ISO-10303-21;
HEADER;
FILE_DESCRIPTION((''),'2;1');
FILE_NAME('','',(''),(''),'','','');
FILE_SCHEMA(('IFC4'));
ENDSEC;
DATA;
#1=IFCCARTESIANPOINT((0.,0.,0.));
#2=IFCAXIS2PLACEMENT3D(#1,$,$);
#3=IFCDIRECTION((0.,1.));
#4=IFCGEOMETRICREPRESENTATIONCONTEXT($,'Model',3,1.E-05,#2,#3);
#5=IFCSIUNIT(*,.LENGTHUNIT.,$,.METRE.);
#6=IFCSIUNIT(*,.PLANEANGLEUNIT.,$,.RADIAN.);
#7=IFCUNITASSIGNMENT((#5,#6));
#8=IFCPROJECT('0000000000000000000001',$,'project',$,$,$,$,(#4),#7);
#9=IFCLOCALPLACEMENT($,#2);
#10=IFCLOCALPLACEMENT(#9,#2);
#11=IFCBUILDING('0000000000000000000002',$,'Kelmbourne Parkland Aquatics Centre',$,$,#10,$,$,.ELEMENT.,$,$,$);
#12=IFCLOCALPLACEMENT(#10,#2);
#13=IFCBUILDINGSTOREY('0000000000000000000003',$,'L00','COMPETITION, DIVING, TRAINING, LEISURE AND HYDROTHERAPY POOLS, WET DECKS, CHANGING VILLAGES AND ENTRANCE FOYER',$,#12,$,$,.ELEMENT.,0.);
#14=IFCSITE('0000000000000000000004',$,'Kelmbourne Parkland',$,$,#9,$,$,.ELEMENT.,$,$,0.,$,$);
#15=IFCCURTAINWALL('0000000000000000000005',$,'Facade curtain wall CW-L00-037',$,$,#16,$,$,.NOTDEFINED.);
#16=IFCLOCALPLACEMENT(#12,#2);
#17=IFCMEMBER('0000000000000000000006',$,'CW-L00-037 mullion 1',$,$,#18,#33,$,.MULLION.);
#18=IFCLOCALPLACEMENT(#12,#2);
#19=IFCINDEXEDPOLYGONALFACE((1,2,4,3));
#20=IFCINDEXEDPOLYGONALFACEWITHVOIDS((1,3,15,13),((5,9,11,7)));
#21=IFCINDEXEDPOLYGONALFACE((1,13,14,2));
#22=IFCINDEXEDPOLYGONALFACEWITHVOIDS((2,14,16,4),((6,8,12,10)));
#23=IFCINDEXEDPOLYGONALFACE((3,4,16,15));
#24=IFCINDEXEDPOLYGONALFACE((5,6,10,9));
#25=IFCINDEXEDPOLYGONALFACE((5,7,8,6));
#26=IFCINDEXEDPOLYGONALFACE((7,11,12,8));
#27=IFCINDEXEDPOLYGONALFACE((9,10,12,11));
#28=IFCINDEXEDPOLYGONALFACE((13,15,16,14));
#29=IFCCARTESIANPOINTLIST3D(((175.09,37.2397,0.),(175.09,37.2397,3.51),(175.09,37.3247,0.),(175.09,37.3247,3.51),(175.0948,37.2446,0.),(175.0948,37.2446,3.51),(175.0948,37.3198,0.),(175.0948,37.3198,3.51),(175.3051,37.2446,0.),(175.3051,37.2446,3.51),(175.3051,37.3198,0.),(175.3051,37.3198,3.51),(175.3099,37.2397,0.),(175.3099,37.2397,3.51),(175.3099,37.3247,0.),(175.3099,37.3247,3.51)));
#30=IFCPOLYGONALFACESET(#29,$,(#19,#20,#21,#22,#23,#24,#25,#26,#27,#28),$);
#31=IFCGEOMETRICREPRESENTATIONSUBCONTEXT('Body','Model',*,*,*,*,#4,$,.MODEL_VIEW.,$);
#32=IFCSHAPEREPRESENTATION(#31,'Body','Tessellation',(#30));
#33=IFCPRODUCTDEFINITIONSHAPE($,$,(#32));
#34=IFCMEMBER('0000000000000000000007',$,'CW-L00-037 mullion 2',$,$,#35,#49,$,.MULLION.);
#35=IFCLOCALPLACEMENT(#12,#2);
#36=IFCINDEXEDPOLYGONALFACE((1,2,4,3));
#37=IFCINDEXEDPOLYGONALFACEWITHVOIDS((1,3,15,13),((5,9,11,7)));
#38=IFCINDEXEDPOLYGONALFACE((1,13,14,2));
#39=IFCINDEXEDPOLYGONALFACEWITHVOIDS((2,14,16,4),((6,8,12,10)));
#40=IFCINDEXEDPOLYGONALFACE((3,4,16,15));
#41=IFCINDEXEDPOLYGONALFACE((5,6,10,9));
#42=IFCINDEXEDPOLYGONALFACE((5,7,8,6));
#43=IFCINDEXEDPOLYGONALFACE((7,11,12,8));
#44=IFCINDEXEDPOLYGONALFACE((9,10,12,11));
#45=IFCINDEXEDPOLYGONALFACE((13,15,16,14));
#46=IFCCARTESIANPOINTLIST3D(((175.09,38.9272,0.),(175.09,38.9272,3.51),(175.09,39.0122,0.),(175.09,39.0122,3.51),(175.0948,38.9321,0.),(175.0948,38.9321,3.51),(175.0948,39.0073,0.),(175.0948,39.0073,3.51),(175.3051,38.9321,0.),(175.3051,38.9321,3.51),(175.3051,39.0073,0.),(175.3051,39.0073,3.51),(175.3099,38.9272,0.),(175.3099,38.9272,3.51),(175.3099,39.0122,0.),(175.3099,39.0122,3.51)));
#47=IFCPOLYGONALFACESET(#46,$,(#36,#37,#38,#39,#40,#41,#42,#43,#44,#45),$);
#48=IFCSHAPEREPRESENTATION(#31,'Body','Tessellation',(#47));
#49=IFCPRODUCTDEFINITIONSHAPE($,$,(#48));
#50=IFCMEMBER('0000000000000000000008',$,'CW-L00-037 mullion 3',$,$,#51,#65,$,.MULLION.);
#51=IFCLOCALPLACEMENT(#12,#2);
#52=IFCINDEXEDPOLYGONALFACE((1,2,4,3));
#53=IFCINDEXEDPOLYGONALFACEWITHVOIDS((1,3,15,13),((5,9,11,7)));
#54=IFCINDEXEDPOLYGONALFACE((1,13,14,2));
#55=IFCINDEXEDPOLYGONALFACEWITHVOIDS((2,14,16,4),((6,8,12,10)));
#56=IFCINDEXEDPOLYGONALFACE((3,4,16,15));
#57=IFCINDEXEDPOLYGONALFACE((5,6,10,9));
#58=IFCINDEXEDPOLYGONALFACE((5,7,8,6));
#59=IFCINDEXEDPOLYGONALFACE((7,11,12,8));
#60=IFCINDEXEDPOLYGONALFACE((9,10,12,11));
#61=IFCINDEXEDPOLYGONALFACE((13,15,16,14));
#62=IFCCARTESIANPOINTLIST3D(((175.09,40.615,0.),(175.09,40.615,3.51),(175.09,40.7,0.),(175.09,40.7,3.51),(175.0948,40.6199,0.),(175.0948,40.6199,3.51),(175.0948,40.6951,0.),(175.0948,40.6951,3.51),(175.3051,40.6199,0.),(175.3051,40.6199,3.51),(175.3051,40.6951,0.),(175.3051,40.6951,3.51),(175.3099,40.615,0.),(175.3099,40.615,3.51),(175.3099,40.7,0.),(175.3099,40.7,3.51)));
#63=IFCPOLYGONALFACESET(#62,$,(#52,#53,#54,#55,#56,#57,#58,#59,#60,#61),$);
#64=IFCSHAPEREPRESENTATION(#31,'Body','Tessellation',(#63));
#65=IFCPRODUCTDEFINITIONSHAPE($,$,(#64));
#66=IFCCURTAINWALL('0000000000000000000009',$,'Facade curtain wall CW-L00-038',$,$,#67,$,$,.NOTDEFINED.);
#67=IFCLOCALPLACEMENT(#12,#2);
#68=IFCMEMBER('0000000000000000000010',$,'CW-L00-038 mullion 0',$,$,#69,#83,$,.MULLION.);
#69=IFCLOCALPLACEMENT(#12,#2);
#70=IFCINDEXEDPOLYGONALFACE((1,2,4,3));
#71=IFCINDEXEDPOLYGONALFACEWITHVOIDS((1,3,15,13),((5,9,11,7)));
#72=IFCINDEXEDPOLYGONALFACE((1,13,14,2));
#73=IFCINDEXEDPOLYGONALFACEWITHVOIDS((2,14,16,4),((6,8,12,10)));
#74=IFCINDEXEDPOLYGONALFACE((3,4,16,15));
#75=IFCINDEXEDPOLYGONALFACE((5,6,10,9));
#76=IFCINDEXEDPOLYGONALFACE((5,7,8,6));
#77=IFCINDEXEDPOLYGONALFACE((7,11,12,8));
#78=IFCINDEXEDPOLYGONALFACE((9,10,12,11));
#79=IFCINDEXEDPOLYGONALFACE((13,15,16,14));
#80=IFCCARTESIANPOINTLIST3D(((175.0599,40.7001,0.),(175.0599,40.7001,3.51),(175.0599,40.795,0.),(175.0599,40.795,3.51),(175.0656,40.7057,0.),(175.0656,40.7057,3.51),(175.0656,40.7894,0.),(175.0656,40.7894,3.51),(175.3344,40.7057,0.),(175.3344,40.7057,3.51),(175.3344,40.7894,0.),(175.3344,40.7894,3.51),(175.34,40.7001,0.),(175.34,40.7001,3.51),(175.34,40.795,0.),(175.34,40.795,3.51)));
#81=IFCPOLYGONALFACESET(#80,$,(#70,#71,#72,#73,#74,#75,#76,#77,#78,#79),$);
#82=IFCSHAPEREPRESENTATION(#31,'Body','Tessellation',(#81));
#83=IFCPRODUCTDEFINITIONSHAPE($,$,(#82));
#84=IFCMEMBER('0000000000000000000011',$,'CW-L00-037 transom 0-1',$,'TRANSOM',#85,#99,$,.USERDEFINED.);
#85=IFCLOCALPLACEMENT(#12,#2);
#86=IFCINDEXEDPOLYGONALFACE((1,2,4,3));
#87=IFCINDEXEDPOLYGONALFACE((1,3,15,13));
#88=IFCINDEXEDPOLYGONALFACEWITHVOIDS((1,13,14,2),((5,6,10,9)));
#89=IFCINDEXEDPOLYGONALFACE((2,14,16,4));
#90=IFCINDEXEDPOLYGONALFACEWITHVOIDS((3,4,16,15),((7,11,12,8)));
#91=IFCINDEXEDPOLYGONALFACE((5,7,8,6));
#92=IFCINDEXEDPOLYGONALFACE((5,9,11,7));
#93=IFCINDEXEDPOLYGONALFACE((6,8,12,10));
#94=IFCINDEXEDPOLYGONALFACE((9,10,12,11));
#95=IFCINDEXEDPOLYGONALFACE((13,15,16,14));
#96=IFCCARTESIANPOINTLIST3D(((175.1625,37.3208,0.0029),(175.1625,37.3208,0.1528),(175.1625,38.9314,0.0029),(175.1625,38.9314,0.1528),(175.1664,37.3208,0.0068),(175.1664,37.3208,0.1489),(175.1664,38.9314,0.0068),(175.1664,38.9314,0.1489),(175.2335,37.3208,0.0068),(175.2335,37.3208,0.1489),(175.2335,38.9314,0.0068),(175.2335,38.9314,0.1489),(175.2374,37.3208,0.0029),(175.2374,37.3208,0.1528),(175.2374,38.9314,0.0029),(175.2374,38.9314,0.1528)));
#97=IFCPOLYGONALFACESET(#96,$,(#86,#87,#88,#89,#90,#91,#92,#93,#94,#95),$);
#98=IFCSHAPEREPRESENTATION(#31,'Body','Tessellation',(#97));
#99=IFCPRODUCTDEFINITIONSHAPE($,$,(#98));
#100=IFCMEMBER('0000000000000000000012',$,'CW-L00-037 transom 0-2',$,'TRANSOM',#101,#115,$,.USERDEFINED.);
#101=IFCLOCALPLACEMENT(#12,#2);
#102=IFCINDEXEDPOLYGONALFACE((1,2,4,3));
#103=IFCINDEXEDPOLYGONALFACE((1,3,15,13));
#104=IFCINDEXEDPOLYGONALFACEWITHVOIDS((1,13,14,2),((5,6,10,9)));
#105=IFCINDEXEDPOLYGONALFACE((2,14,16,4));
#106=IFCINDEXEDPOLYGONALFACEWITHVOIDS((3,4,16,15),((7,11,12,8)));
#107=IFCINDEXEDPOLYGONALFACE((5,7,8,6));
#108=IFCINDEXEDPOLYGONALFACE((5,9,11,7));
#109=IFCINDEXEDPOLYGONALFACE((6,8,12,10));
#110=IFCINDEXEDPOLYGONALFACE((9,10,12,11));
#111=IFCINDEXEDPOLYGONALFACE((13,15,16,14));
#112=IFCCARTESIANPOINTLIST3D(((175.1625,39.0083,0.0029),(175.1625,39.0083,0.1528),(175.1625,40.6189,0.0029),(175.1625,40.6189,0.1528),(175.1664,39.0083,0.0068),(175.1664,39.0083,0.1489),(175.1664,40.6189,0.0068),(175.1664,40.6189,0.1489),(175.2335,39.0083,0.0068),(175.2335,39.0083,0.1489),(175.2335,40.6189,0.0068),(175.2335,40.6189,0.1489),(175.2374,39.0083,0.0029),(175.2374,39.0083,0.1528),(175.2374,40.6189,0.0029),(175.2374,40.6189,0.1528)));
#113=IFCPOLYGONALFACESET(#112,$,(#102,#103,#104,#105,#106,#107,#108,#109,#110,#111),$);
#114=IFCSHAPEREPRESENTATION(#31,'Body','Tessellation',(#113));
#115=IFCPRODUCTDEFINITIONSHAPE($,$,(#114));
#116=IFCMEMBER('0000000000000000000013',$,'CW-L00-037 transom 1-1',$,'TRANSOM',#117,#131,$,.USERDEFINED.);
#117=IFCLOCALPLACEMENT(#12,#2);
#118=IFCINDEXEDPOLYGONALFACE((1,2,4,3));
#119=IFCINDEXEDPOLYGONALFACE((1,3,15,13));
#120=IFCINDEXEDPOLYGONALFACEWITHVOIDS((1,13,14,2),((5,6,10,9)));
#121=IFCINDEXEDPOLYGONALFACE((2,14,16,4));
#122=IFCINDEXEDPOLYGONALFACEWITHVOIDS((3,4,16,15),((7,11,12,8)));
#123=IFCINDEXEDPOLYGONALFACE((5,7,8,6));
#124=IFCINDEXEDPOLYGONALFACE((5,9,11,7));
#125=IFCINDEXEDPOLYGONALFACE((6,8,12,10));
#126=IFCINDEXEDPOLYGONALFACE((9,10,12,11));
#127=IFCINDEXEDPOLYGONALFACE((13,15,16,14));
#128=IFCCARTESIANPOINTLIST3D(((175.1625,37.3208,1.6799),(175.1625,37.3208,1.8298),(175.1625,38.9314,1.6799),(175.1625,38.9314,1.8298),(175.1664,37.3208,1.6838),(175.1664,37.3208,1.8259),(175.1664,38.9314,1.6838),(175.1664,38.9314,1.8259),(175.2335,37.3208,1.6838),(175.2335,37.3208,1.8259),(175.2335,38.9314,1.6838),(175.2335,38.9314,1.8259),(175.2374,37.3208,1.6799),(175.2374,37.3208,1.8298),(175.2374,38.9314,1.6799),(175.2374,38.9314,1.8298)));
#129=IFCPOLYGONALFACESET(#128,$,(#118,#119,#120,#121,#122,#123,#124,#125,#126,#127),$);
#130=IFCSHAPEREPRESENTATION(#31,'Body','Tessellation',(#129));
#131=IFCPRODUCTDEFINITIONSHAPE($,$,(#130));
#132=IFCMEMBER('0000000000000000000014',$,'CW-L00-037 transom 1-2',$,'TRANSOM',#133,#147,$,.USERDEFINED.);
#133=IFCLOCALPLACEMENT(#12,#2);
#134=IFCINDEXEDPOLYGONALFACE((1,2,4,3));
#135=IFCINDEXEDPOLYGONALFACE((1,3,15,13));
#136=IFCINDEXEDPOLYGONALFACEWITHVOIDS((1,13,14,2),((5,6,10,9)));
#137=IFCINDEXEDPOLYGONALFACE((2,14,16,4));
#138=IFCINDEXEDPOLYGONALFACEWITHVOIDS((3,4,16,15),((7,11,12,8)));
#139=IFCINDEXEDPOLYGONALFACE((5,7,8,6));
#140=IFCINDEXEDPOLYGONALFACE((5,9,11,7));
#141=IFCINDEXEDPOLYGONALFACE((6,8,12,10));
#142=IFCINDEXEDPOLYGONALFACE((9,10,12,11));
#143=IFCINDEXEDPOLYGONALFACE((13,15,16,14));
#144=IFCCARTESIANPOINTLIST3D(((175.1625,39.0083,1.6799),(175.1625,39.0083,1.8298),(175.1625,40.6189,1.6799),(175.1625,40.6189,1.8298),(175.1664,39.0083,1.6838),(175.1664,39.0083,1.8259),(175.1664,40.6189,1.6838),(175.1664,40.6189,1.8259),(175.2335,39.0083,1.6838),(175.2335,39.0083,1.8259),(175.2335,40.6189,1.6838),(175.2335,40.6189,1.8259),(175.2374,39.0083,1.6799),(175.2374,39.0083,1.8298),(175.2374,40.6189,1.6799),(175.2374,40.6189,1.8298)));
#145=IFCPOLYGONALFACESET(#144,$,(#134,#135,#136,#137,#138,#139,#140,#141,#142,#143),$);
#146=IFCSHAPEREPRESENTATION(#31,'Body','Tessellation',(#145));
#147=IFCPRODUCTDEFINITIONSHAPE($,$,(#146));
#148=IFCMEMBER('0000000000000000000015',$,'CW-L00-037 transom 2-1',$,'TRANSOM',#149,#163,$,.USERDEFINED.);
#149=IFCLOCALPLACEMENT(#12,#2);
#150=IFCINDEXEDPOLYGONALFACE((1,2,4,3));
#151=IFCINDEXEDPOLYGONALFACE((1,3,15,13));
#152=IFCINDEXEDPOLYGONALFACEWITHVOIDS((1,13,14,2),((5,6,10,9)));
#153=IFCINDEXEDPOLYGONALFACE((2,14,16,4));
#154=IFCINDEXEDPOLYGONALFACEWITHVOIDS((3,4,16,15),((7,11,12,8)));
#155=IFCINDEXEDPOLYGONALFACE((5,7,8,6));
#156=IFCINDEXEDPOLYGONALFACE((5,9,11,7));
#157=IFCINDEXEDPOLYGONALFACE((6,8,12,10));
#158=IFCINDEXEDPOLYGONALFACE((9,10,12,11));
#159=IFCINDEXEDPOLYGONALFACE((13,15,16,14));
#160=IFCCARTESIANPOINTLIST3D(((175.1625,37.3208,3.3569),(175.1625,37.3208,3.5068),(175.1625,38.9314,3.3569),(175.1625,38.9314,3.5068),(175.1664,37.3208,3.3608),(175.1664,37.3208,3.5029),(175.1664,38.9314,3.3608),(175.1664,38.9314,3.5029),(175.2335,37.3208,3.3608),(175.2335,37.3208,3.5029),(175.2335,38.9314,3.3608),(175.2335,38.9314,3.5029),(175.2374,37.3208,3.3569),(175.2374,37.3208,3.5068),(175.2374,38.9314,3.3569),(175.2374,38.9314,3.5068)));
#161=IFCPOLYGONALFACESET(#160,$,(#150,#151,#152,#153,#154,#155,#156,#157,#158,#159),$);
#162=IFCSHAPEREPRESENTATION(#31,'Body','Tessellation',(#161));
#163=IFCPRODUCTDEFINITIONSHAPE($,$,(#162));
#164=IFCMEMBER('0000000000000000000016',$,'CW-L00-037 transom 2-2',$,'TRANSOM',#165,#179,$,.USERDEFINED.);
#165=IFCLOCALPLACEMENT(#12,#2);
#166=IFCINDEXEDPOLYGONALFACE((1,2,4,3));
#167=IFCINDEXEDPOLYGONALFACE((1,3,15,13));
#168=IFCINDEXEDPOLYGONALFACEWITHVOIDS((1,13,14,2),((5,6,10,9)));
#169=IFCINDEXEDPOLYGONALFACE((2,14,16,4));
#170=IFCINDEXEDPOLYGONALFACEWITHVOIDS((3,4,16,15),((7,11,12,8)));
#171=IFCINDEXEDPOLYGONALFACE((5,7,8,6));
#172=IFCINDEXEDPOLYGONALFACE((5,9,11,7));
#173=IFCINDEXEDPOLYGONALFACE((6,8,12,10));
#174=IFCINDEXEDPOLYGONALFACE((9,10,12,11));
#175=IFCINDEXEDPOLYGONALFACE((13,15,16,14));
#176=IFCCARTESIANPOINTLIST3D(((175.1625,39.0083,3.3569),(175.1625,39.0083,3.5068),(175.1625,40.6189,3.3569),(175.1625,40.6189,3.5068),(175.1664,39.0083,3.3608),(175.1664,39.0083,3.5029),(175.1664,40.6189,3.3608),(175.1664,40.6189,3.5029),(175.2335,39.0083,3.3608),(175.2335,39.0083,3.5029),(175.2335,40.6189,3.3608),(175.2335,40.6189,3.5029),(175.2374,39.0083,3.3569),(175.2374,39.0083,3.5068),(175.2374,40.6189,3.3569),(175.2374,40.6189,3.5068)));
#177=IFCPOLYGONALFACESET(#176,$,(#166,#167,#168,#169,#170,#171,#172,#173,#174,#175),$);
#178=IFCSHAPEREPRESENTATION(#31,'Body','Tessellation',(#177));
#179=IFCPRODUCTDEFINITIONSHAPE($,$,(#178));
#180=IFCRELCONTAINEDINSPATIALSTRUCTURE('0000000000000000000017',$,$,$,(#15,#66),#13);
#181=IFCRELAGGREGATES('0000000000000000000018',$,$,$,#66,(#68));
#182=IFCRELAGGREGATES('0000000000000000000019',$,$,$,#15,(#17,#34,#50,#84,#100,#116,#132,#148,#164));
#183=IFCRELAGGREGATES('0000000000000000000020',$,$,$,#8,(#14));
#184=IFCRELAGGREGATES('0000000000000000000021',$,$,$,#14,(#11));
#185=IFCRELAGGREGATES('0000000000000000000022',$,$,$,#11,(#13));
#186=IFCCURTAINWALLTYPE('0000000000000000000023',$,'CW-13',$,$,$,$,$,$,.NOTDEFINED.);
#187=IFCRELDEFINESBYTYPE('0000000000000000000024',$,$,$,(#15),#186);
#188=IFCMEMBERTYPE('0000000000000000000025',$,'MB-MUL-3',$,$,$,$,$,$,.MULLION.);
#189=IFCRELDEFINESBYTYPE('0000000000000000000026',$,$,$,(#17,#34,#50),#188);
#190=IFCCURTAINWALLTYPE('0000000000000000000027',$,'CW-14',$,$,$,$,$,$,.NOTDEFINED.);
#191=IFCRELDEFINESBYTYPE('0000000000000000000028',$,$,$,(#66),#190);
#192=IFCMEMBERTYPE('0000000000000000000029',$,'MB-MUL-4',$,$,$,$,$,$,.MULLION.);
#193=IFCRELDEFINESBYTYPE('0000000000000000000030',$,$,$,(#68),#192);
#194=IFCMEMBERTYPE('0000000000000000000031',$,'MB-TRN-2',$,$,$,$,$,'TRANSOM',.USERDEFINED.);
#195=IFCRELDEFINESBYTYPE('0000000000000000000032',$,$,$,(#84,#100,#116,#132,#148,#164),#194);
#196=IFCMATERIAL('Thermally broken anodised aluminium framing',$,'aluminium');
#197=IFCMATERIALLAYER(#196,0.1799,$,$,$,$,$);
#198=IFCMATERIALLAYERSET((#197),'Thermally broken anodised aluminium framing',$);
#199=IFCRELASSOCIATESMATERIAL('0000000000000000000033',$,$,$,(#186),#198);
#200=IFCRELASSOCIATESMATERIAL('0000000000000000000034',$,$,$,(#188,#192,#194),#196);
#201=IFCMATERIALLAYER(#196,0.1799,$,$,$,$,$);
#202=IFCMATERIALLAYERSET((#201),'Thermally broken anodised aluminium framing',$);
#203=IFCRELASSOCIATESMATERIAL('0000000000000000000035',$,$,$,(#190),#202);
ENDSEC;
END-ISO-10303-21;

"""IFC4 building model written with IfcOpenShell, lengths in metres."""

from ifc_helpers import new_model, si_unit, direction, frame, origin, origin_2d, place, context, subcontext, project, spatial, hollow_rectangle, extrude, material, layer, layer_set, material_profile, profile_set, type_object, element, aggregate, save


model = new_model("IFC4")

# Units and contexts
model_context = context("Model", 3, precision=1e-05, world=origin(), true_north=direction((0.0, 1.0)))
body_context = subcontext(model_context, "Body", "Model", "MODEL_VIEW")
ifc_project = project(units=[si_unit("LENGTHUNIT", "METRE"), si_unit("PLANEANGLEUNIT", "RADIAN")], contexts=[model_context])

# Site, building, storey
site_placement = place(None, origin())
site = spatial("IfcSite", under=ifc_project, at=site_placement, Name="Kelmbourne Parkland", CompositionType="ELEMENT", RefElevation=0.0)
building_placement = place(site_placement, origin())
building = spatial("IfcBuilding", under=site, at=building_placement, Name="Kelmbourne Parkland Aquatics Centre", CompositionType="ELEMENT")
storey_placement = place(building_placement, origin())
storey = spatial("IfcBuildingStorey", under=building, at=storey_placement, Name="L00", Description="COMPETITION, DIVING, TRAINING, LEISURE AND HYDROTHERAPY POOLS, WET DECKS, CHANGING VILLAGES AND ENTRANCE FOYER", CompositionType="ELEMENT", Elevation=0.0)

# Curtain wall, members
ifc_material_1 = material(Name="Thermally broken anodised aluminium framing", Category="aluminium")
ifc_layer_1 = layer(ifc_material_1, 0.1799)
ifc_layer_set_1 = layer_set([ifc_layer_1], Name="Thermally broken anodised aluminium framing")
curtain_wall_type_1 = type_object("IfcCurtainWallType", Name="CW-13", PredefinedType="NOTDEFINED", material=ifc_layer_set_1)
curtain_wall_1_placement = place(storey_placement, origin())
curtain_wall_1 = element("IfcCurtainWall", 1, at=curtain_wall_1_placement, inside=storey, type_object=curtain_wall_type_1, Name="Facade curtain wall CW-L00-037", PredefinedType="NOTDEFINED")
ifc_material_profile_1 = material_profile(ifc_material_1, hollow_rectangle(XDim=0.085, YDim=0.22, WallThickness=0.0049, at=origin_2d()), Name="CW-M 85x220")
ifc_profile_set_1 = profile_set([ifc_material_profile_1], Name="Thermally broken anodised aluminium framing")
member_type_1 = type_object("IfcMemberType", Name="MB-MUL-3", PredefinedType="MULLION", material=ifc_profile_set_1)
member_1_placement = place(storey_placement, frame((175.2, 37.2822, 0.0), z_axis=(0.0, 0.0, 1.0), x_axis=(0.0, 1.0, 0.0)))
member_1 = element("IfcMember", 2, at=member_1_placement, type_object=member_type_1, Name="CW-L00-037 mullion 1", PredefinedType="MULLION", context=body_context, shape_type="SweptSolid", body=[
    extrude(hollow_rectangle(XDim=0.085, YDim=0.22, WallThickness=0.0049, at=origin_2d()), origin(), (0.0, 0.0, 1.0), 3.51),
])
member_2_placement = place(storey_placement, frame((175.2, 38.9697, 0.0), z_axis=(0.0, 0.0, 1.0), x_axis=(0.0, 1.0, 0.0)))
member_2 = element("IfcMember", 3, at=member_2_placement, type_object=member_type_1, Name="CW-L00-037 mullion 2", PredefinedType="MULLION", context=body_context, shape_type="SweptSolid", body=[
    extrude(hollow_rectangle(XDim=0.085, YDim=0.22, WallThickness=0.0049, at=origin_2d()), origin(), (0.0, 0.0, 1.0), 3.51),
])
member_3_placement = place(storey_placement, frame((175.2, 40.6575, 0.0), z_axis=(0.0, 0.0, 1.0), x_axis=(0.0, 1.0, 0.0)))
member_3 = element("IfcMember", 4, at=member_3_placement, type_object=member_type_1, Name="CW-L00-037 mullion 3", PredefinedType="MULLION", context=body_context, shape_type="SweptSolid", body=[
    extrude(hollow_rectangle(XDim=0.085, YDim=0.22, WallThickness=0.0049, at=origin_2d()), origin(), (0.0, 0.0, 1.0), 3.51),
])

# Curtain wall, member
ifc_layer_2 = layer(ifc_material_1, 0.1799)
ifc_layer_set_2 = layer_set([ifc_layer_2], Name="Thermally broken anodised aluminium framing")
curtain_wall_type_2 = type_object("IfcCurtainWallType", Name="CW-14", PredefinedType="NOTDEFINED", material=ifc_layer_set_2)
curtain_wall_2_placement = place(storey_placement, origin())
curtain_wall_2 = element("IfcCurtainWall", 5, at=curtain_wall_2_placement, inside=storey, type_object=curtain_wall_type_2, Name="Facade curtain wall CW-L00-038", PredefinedType="NOTDEFINED")
ifc_material_profile_2 = material_profile(ifc_material_1, hollow_rectangle(XDim=0.095, YDim=0.28, WallThickness=0.0056, at=origin_2d()), Name="CW-M 95x280")
ifc_profile_set_2 = profile_set([ifc_material_profile_2], Name="Thermally broken anodised aluminium framing")
member_type_2 = type_object("IfcMemberType", Name="MB-MUL-4", PredefinedType="MULLION", material=ifc_profile_set_2)
member_4_placement = place(storey_placement, frame((175.2, 40.7476, 0.0), z_axis=(0.0, 0.0, 1.0), x_axis=(0.0, 1.0, 0.0)))
member_4 = element("IfcMember", 6, at=member_4_placement, type_object=member_type_2, Name="CW-L00-038 mullion 0", PredefinedType="MULLION", context=body_context, shape_type="SweptSolid", body=[
    extrude(hollow_rectangle(XDim=0.095, YDim=0.28, WallThickness=0.0056, at=origin_2d()), origin(), (0.0, 0.0, 1.0), 3.51),
])

# Members
ifc_material_profile_3 = material_profile(ifc_material_1, hollow_rectangle(XDim=0.075, YDim=0.1499, WallThickness=0.0039, at=origin_2d()), Name="CW-T 75x150")
ifc_profile_set_3 = profile_set([ifc_material_profile_3], Name="Thermally broken anodised aluminium framing")
member_type_3 = type_object("IfcMemberType", Name="MB-TRN-2", ElementType="TRANSOM", PredefinedType="USERDEFINED", material=ifc_profile_set_3)
member_5_placement = place(storey_placement, frame((175.2, 37.3208, 0.0779), z_axis=(0.0, 1.0, 0.0), x_axis=(-1.0, 0.0, 0.0)))
member_5 = element("IfcMember", 7, at=member_5_placement, type_object=member_type_3, Name="CW-L00-037 transom 0-1", ObjectType="TRANSOM", PredefinedType="USERDEFINED", context=body_context, shape_type="SweptSolid", body=[
    extrude(hollow_rectangle(XDim=0.075, YDim=0.1499, WallThickness=0.0039, at=origin_2d()), origin(), (0.0, 0.0, 1.0), 1.6106),
])
member_6_placement = place(storey_placement, frame((175.2, 39.0083, 0.0779), z_axis=(0.0, 1.0, 0.0), x_axis=(-1.0, 0.0, 0.0)))
member_6 = element("IfcMember", 8, at=member_6_placement, type_object=member_type_3, Name="CW-L00-037 transom 0-2", ObjectType="TRANSOM", PredefinedType="USERDEFINED", context=body_context, shape_type="SweptSolid", body=[
    extrude(hollow_rectangle(XDim=0.075, YDim=0.1499, WallThickness=0.0039, at=origin_2d()), origin(), (0.0, 0.0, 1.0), 1.6106),
])
member_7_placement = place(storey_placement, frame((175.2, 37.3208, 1.7549), z_axis=(0.0, 1.0, 0.0), x_axis=(-1.0, 0.0, 0.0)))
member_7 = element("IfcMember", 9, at=member_7_placement, type_object=member_type_3, Name="CW-L00-037 transom 1-1", ObjectType="TRANSOM", PredefinedType="USERDEFINED", context=body_context, shape_type="SweptSolid", body=[
    extrude(hollow_rectangle(XDim=0.075, YDim=0.1499, WallThickness=0.0039, at=origin_2d()), origin(), (0.0, 0.0, 1.0), 1.6106),
])
member_8_placement = place(storey_placement, frame((175.2, 39.0083, 1.7549), z_axis=(0.0, 1.0, 0.0), x_axis=(-1.0, 0.0, 0.0)))
member_8 = element("IfcMember", 10, at=member_8_placement, type_object=member_type_3, Name="CW-L00-037 transom 1-2", ObjectType="TRANSOM", PredefinedType="USERDEFINED", context=body_context, shape_type="SweptSolid", body=[
    extrude(hollow_rectangle(XDim=0.075, YDim=0.1499, WallThickness=0.0039, at=origin_2d()), origin(), (0.0, 0.0, 1.0), 1.6106),
])
member_9_placement = place(storey_placement, frame((175.2, 37.3208, 3.4319), z_axis=(0.0, 1.0, 0.0), x_axis=(-1.0, 0.0, 0.0)))
member_9 = element("IfcMember", 11, at=member_9_placement, type_object=member_type_3, Name="CW-L00-037 transom 2-1", ObjectType="TRANSOM", PredefinedType="USERDEFINED", context=body_context, shape_type="SweptSolid", body=[
    extrude(hollow_rectangle(XDim=0.075, YDim=0.1499, WallThickness=0.0039, at=origin_2d()), origin(), (0.0, 0.0, 1.0), 1.6106),
])
member_10_placement = place(storey_placement, frame((175.2, 39.0083, 3.4319), z_axis=(0.0, 1.0, 0.0), x_axis=(-1.0, 0.0, 0.0)))
member_10 = element("IfcMember", 12, at=member_10_placement, type_object=member_type_3, Name="CW-L00-037 transom 2-2", ObjectType="TRANSOM", PredefinedType="USERDEFINED", context=body_context, shape_type="SweptSolid", body=[
    extrude(hollow_rectangle(XDim=0.075, YDim=0.1499, WallThickness=0.0039, at=origin_2d()), origin(), (0.0, 0.0, 1.0), 1.6106),
])
aggregate(curtain_wall_2, [member_4])

aggregate(curtain_wall_1, [member_1, member_2, member_3, member_5, member_6, member_7, member_8, member_9, member_10])

save(model, "model.ifc")
